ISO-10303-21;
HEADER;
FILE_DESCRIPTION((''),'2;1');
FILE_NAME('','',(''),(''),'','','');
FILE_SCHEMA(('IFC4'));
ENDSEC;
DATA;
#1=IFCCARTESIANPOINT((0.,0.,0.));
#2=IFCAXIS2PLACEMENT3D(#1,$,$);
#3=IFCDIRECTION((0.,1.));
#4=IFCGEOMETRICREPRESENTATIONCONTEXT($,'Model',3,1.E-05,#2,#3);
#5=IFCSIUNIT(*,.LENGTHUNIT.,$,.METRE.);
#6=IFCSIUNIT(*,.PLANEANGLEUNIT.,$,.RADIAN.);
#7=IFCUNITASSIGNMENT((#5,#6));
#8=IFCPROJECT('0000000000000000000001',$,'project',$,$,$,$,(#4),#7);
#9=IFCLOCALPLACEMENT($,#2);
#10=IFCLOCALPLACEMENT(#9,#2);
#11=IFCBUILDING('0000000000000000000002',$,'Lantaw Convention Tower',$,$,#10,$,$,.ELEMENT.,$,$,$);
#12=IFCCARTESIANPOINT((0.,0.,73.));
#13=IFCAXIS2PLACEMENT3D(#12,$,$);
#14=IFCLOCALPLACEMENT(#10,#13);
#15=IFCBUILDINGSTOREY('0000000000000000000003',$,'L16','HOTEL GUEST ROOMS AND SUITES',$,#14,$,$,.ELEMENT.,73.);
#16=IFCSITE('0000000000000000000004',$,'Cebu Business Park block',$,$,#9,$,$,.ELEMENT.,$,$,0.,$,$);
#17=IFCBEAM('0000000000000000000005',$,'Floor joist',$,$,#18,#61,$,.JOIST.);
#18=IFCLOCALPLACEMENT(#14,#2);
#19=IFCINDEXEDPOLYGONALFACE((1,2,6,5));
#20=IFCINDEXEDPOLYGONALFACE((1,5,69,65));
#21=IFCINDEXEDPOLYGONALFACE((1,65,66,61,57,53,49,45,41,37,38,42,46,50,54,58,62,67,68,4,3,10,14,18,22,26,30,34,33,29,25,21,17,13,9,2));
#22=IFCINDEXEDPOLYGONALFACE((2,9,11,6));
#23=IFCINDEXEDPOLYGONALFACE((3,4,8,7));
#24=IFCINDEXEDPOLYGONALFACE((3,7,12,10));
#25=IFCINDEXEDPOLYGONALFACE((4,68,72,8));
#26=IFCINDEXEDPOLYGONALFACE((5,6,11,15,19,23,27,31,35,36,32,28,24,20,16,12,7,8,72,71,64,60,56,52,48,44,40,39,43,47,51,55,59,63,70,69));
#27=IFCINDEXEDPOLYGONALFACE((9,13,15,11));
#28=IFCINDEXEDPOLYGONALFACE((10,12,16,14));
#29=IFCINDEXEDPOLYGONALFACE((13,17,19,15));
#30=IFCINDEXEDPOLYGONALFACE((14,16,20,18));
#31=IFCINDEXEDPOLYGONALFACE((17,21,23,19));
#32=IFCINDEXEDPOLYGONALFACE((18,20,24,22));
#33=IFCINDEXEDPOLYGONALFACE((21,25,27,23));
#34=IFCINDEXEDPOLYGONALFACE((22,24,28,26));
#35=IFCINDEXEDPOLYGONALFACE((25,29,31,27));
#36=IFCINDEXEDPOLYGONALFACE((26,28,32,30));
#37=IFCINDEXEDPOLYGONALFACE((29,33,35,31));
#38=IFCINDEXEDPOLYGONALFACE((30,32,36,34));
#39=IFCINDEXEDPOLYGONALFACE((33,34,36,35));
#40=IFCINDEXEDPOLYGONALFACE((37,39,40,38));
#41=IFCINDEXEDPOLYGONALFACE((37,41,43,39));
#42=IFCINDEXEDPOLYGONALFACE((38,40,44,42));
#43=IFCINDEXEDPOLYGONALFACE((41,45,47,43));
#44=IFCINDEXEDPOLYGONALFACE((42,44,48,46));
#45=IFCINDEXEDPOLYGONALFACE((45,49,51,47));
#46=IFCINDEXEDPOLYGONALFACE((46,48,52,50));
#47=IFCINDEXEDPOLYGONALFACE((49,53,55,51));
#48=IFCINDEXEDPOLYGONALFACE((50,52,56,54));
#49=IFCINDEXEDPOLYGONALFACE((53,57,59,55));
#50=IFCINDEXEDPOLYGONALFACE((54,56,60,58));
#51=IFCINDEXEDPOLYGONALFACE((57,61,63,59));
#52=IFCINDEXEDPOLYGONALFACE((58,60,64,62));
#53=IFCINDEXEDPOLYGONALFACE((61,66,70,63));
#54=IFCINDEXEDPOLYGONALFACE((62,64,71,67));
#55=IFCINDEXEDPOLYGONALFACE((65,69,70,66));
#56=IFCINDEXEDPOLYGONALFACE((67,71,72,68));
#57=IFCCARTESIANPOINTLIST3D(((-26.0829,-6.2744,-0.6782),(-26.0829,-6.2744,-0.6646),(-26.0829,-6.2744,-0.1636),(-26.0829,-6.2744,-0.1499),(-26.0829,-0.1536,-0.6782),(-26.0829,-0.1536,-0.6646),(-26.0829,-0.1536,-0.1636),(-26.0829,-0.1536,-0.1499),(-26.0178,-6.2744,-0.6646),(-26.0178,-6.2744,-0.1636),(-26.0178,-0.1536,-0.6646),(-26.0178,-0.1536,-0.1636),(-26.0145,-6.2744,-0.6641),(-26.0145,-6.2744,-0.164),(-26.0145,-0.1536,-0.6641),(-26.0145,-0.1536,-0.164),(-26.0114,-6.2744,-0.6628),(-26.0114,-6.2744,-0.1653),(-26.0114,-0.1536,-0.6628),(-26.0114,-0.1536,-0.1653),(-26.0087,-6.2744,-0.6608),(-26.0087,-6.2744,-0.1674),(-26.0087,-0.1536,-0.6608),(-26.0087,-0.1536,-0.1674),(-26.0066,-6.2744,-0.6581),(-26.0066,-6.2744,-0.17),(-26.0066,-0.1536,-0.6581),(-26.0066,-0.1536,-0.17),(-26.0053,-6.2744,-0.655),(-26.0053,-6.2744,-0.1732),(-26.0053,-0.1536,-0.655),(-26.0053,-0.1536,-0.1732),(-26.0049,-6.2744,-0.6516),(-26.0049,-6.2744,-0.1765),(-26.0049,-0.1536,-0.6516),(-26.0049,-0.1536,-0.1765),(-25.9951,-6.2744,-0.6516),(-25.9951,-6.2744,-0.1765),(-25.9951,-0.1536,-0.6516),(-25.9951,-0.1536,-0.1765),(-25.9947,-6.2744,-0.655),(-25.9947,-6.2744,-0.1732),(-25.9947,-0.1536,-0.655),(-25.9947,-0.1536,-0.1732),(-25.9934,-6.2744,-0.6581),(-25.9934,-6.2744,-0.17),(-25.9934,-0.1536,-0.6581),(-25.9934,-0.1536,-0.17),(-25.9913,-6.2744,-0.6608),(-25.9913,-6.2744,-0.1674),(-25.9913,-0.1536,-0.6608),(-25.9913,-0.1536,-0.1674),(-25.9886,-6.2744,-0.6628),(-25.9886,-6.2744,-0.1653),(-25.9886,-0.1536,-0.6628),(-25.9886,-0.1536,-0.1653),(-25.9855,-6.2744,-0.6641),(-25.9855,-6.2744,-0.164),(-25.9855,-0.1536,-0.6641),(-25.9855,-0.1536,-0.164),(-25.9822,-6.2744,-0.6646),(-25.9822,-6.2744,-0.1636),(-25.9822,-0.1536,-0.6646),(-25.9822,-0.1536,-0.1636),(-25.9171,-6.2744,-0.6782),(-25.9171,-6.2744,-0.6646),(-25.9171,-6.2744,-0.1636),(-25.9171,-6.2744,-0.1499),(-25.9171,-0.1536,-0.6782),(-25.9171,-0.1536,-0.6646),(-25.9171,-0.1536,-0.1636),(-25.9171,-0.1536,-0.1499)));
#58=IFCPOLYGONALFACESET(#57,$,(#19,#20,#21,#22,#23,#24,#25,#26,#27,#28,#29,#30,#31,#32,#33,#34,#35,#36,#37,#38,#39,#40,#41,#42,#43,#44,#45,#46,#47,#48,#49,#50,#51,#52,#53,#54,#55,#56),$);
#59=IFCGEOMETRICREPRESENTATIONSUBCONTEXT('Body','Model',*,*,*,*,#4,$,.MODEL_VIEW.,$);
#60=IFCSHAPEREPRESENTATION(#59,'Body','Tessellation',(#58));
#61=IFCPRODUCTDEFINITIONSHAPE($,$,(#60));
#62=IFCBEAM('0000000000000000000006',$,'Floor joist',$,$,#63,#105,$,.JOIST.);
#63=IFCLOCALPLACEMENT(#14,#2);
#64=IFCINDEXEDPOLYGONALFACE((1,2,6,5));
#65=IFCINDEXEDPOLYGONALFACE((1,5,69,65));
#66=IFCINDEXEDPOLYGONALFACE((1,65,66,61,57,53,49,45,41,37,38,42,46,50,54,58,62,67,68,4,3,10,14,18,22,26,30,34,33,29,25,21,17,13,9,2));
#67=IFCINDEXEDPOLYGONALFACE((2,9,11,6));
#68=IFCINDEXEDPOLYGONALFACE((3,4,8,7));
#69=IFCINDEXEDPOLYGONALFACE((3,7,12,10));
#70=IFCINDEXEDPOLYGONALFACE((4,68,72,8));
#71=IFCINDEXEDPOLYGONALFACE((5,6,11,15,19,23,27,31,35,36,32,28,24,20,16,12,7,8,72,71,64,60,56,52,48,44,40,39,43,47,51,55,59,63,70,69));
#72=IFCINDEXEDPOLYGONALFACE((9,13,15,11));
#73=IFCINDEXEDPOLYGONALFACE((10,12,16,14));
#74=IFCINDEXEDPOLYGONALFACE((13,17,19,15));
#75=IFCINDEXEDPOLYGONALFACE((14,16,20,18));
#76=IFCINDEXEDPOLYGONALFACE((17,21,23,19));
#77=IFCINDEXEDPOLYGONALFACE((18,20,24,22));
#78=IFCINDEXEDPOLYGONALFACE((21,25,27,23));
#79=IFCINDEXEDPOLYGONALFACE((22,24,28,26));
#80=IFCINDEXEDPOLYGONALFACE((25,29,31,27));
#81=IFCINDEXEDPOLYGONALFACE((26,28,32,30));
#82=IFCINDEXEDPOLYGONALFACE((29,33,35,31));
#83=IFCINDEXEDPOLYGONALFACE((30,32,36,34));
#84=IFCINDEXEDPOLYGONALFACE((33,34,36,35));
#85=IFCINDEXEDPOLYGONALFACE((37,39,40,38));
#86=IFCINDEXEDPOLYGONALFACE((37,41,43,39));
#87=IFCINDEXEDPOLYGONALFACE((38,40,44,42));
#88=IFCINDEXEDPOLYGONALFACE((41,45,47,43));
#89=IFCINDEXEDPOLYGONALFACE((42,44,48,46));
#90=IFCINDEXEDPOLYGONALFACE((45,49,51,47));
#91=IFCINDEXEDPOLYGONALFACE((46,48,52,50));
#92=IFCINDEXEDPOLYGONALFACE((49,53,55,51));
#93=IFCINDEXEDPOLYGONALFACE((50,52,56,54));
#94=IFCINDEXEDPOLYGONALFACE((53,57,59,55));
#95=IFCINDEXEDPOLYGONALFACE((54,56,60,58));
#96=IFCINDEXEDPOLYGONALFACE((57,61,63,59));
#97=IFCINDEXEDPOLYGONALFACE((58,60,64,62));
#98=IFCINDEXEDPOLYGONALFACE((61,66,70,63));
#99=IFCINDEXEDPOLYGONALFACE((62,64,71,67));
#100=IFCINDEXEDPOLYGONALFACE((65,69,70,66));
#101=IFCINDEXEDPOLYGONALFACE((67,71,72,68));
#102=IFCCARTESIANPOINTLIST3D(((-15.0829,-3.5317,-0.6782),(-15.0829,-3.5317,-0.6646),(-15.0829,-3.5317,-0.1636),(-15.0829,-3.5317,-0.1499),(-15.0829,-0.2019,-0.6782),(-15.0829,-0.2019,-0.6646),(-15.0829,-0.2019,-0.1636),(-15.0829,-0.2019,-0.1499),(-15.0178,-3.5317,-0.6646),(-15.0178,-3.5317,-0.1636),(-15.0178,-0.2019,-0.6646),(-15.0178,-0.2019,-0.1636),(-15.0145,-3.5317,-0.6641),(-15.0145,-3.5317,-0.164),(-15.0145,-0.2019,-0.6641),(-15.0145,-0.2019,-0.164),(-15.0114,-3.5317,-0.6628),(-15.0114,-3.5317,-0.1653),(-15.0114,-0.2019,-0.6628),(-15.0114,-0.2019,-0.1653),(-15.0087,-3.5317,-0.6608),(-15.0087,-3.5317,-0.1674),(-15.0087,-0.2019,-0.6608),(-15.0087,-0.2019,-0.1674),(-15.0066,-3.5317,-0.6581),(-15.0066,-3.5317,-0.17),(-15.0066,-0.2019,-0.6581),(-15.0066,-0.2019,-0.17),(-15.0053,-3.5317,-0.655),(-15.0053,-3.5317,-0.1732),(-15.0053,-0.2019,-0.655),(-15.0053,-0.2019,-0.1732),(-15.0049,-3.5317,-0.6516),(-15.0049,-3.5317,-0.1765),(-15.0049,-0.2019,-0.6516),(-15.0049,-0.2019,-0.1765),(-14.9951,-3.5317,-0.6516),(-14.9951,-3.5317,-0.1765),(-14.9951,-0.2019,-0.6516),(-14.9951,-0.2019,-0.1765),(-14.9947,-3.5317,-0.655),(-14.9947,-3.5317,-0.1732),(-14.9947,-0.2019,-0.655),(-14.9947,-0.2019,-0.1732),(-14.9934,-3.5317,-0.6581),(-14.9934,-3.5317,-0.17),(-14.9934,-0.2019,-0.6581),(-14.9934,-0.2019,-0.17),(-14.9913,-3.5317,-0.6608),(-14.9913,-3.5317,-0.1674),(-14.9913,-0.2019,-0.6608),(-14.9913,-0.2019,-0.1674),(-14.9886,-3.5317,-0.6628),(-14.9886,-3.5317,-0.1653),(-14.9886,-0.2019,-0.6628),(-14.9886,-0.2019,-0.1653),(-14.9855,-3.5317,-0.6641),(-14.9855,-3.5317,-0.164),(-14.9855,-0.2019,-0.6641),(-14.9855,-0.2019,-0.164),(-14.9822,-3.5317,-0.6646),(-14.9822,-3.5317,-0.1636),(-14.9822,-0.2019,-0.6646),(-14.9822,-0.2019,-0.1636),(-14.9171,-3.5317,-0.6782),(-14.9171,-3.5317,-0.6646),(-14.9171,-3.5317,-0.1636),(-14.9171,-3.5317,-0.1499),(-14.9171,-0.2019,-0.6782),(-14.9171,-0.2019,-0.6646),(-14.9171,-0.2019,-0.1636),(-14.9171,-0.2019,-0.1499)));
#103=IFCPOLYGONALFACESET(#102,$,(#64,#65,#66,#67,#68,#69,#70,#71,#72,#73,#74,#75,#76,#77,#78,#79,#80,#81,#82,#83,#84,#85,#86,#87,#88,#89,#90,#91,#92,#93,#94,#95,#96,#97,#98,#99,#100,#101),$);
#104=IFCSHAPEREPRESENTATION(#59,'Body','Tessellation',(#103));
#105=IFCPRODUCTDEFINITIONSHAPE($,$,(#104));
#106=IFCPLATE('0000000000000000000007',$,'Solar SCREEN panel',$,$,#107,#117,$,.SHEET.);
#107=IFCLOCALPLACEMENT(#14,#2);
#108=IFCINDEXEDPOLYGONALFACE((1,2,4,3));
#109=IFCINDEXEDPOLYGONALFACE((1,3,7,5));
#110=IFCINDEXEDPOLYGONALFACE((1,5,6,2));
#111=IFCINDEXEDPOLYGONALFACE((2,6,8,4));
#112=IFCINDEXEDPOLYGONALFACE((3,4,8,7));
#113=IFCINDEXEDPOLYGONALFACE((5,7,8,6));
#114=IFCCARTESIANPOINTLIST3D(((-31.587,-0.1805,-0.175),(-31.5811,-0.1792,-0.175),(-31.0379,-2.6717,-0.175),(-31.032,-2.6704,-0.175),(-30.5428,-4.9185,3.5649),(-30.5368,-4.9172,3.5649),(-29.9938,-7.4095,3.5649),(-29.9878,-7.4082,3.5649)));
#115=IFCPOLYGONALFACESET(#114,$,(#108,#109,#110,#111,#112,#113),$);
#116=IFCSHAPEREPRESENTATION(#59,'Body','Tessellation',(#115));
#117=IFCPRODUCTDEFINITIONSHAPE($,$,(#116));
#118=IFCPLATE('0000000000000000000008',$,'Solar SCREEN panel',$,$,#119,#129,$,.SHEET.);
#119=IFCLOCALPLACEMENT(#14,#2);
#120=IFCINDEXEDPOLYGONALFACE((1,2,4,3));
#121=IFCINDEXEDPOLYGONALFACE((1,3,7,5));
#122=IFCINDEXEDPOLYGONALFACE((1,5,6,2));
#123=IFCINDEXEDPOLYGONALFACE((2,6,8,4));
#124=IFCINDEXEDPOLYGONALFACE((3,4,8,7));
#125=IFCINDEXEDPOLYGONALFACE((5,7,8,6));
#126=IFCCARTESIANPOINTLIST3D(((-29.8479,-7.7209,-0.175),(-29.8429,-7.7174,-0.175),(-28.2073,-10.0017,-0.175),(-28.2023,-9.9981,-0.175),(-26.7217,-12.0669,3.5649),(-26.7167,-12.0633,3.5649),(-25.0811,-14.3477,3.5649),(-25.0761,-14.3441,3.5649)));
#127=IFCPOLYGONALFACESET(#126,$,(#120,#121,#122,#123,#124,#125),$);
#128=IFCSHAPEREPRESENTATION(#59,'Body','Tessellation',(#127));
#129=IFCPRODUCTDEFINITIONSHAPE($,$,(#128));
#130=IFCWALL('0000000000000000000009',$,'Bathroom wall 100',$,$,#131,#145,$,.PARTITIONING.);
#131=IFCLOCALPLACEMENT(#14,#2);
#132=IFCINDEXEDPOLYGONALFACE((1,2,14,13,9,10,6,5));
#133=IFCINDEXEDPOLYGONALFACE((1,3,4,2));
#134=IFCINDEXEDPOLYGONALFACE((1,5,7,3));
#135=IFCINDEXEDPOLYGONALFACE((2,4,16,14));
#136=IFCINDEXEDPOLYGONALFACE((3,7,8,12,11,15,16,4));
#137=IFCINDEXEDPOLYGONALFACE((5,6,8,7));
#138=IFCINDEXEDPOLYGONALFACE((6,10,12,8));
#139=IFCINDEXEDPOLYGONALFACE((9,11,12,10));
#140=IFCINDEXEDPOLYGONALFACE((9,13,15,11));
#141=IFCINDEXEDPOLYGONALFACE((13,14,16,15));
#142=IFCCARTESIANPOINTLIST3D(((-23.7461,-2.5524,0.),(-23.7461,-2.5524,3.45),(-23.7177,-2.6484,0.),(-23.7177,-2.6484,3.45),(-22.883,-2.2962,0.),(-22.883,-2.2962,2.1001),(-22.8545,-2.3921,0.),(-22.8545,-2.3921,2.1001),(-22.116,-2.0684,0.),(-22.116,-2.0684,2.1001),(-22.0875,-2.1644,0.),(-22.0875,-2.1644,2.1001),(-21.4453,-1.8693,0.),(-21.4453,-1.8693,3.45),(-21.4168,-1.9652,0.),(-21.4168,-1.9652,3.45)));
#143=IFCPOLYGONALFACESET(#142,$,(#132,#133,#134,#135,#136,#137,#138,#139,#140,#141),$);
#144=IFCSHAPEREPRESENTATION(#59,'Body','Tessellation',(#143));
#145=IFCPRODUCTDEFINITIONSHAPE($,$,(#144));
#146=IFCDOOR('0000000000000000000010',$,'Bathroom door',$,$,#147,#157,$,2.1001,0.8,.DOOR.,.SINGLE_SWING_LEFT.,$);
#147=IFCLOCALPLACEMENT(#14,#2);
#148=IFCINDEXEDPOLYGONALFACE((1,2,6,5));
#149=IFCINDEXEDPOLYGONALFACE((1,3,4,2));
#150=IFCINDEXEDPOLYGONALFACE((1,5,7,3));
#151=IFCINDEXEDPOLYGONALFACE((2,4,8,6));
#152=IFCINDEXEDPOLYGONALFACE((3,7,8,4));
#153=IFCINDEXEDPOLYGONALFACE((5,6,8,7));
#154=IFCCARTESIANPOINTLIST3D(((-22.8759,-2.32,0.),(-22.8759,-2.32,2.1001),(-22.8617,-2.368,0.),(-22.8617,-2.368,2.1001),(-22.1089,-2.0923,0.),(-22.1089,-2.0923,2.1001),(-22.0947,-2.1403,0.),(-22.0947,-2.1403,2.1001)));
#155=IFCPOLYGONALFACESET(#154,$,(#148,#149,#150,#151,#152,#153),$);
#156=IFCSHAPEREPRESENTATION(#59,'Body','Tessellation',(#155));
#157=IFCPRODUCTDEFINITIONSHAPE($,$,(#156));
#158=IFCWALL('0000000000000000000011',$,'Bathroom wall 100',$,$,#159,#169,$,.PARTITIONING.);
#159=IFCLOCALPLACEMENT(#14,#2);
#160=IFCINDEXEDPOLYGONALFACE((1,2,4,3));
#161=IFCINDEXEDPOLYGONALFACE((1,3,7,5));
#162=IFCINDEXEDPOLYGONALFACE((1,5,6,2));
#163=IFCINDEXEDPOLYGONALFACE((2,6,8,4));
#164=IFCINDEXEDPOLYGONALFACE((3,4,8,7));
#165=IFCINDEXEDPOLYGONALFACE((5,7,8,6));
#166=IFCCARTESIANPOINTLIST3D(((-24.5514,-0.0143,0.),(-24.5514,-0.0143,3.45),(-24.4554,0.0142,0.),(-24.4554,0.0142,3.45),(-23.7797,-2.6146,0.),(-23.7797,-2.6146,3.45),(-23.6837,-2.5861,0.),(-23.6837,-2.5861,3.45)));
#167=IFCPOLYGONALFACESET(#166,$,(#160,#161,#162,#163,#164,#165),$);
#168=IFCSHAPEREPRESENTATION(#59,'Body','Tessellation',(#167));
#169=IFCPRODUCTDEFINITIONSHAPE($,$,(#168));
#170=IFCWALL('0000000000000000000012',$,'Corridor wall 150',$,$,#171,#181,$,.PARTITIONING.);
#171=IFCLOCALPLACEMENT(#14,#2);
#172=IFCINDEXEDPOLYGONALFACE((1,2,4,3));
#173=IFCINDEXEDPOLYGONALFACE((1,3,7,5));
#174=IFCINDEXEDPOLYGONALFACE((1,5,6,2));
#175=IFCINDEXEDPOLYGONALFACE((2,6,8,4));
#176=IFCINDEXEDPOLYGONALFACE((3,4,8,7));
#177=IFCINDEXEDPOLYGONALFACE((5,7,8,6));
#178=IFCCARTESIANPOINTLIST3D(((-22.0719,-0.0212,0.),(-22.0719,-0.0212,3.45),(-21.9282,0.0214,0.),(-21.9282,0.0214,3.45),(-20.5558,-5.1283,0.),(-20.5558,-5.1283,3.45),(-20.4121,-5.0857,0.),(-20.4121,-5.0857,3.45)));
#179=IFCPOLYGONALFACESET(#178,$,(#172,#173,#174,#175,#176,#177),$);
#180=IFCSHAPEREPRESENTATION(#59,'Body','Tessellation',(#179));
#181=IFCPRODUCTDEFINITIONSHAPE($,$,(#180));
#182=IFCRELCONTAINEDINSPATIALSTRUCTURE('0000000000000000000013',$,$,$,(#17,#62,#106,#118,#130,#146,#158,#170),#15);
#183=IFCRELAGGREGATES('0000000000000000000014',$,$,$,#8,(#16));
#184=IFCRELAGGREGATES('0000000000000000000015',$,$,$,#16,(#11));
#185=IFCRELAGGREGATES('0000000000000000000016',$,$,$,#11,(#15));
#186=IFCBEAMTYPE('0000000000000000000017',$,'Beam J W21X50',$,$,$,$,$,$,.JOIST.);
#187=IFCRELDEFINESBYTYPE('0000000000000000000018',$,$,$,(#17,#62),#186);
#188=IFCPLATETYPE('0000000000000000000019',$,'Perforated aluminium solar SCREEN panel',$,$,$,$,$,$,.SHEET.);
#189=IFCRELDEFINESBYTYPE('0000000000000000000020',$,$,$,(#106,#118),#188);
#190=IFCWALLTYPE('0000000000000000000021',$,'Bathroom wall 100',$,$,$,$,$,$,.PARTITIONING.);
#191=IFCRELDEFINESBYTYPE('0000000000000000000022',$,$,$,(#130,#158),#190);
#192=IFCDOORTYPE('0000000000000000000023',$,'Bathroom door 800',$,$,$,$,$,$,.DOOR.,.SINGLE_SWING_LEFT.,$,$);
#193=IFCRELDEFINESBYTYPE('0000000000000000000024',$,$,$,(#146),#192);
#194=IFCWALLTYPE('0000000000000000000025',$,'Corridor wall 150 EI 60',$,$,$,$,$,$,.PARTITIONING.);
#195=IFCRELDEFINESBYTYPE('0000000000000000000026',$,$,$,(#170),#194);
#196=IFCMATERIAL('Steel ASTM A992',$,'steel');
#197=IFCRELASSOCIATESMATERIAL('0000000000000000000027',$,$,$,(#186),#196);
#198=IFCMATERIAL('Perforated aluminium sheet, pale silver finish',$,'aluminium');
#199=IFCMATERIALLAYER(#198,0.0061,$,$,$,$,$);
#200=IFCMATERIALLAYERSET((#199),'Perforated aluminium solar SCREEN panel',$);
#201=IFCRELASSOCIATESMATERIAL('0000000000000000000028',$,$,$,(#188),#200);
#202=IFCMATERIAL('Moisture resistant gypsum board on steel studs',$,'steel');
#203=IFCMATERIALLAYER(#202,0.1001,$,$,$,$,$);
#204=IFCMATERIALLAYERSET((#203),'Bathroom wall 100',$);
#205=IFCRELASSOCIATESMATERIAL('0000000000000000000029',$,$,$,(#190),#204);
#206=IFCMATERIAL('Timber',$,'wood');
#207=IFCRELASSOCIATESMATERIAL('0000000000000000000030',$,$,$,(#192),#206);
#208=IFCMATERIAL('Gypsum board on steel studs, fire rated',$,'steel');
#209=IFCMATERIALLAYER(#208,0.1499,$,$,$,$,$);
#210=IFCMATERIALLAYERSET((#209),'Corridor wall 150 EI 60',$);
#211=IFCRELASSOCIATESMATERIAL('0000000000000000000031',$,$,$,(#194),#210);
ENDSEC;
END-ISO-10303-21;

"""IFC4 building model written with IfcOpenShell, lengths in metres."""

from ifc_helpers import new_model, si_unit, direction, frame, frame_2d, origin, origin_2d, place, context, subcontext, project, spatial, polyline, rectangle, i_section, outline, extrude, material, layer, layer_set, material_profile, profile_set, type_object, element, fill, save


model = new_model("IFC4")

# Units and contexts
model_context = context("Model", 3, precision=1e-05, world=origin(), true_north=direction((0.0, 1.0)))
body_context = subcontext(model_context, "Body", "Model", "MODEL_VIEW")
ifc_project = project(units=[si_unit("LENGTHUNIT", "METRE"), si_unit("PLANEANGLEUNIT", "RADIAN")], contexts=[model_context])

# Site, building, storey
site_placement = place(None, origin())
site = spatial("IfcSite", under=ifc_project, at=site_placement, Name="Cebu Business Park block", CompositionType="ELEMENT", RefElevation=0.0)
building_placement = place(site_placement, origin())
building = spatial("IfcBuilding", under=site, at=building_placement, Name="Lantaw Convention Tower", CompositionType="ELEMENT")
storey_placement = place(building_placement, frame((0.0, 0.0, 73.0)))
storey = spatial("IfcBuildingStorey", under=building, at=storey_placement, Name="L16", Description="HOTEL GUEST ROOMS AND SUITES", CompositionType="ELEMENT", Elevation=73.0)

# Beams
ifc_material_1 = material(Name="Steel ASTM A992", Category="steel")
ifc_material_profile_1 = material_profile(ifc_material_1, i_section(OverallWidth=0.1658, OverallDepth=0.5283, WebThickness=0.0098, FlangeThickness=0.0137, FilletRadius=0.0129, at=origin_2d()), Name="W21X50")
ifc_profile_set_1 = profile_set([ifc_material_profile_1], Name="Steel ASTM A992")
beam_type_1 = type_object("IfcBeamType", Name="Beam J W21X50", PredefinedType="JOIST", material=ifc_profile_set_1)
beam_1_placement = place(storey_placement, frame((-26.0, -6.2744, -0.4141), z_axis=(0.0, 1.0, 0.0), x_axis=(-1.0, 0.0, 0.0)))
element("IfcBeam", 1, at=beam_1_placement, inside=storey, type_object=beam_type_1, Name="Floor joist", PredefinedType="JOIST", context=body_context, shape_type="SweptSolid", body=[
    extrude(i_section(OverallWidth=0.1658, OverallDepth=0.5283, WebThickness=0.0098, FlangeThickness=0.0137, FilletRadius=0.0129, at=origin_2d()), origin(), (0.0, 0.0, 1.0), 6.1208),
])
beam_2_placement = place(storey_placement, frame((-15.0, -3.5317, -0.4141), z_axis=(0.0, 1.0, 0.0), x_axis=(-1.0, 0.0, 0.0)))
element("IfcBeam", 2, at=beam_2_placement, inside=storey, type_object=beam_type_1, Name="Floor joist", PredefinedType="JOIST", context=body_context, shape_type="SweptSolid", body=[
    extrude(i_section(OverallWidth=0.1658, OverallDepth=0.5283, WebThickness=0.0098, FlangeThickness=0.0137, FilletRadius=0.0129, at=origin_2d()), origin(), (0.0, 0.0, 1.0), 3.3298),
])

# Plates
ifc_material_2 = material(Name="Perforated aluminium sheet, pale silver finish", Category="aluminium")
ifc_layer_1 = layer(ifc_material_2, 0.0061)
ifc_layer_set_1 = layer_set([ifc_layer_1], Name="Perforated aluminium solar SCREEN panel")
plate_type = type_object("IfcPlateType", Name="Perforated aluminium solar SCREEN panel", PredefinedType="SHEET", material=ifc_layer_set_1)
plate_1_placement = place(storey_placement, frame((-31.5811, -0.1792, -0.175), z_axis=(0.976559, 0.215248, 0.00003), x_axis=(0.215248, -0.976559, 0.0)))
element("IfcPlate", 3, at=plate_1_placement, inside=storey, type_object=plate_type, Name="Solar SCREEN panel", PredefinedType="SHEET", context=body_context, shape_type="SweptSolid", body=[
    extrude(outline(polyline([(0.0, 0.0), (2.551, 0.0), (7.4025, -3.74), (4.8517, -3.74), (0.0, 0.0)])), origin(), (0.0, 0.0, -1.0), 0.0061),
])
plate_2_placement = place(storey_placement, frame((-29.8479, -7.7209, -0.175), z_axis=(-0.811791, -0.583948, 0.000009), x_axis=(0.583948, -0.811791, 0.0)))
element("IfcPlate", 4, at=plate_2_placement, inside=storey, type_object=plate_type, Name="Solar SCREEN panel", PredefinedType="SHEET", context=body_context, shape_type="SweptSolid", body=[
    extrude(outline(polyline([(0.0, 0.0), (2.8095, 0.0), (8.1631, 3.74), (5.3536, 3.74), (0.0, 0.0)])), origin(), (0.0, 0.0, -1.0), 0.0061),
])

# Wall, opening, door
ifc_material_3 = material(Name="Moisture resistant gypsum board on steel studs", Category="steel")
ifc_layer_2 = layer(ifc_material_3, 0.1001)
ifc_layer_set_2 = layer_set([ifc_layer_2], Name="Bathroom wall 100")
wall_type_1 = type_object("IfcWallType", Name="Bathroom wall 100", PredefinedType="PARTITIONING", material=ifc_layer_set_2)
wall_1_placement = place(storey_placement, frame((-21.4309, -1.9172, 0.0), z_axis=(0.0, 0.0, 1.0), x_axis=(-0.95864, -0.284622, 0.0)))
wall_1 = element("IfcWall", 5, at=wall_1_placement, inside=storey, type_object=wall_type_1, Name="Bathroom wall 100", PredefinedType="PARTITIONING", context=body_context, shape_type="SweptSolid", body=[
    extrude(rectangle(XDim=2.4001, YDim=0.1001, at=frame_2d((1.2002, 0.0))), origin(), (0.0, 0.0, 1.0), 3.45),
])
opening_1_placement = place(wall_1_placement, frame((0.7, 0.0, 0.0)))
opening_1 = element("IfcOpeningElement", 6, at=opening_1_placement, cuts=wall_1, PredefinedType="OPENING", context=body_context, shape_type="SweptSolid", body=[
    extrude(rectangle(XDim=0.8, YDim=2.1001, at=frame_2d((0.3999, 1.05))), frame((0.0, 0.0601, 0.0), z_axis=(0.0, -1.0, 0.0), x_axis=(1.0, 0.0, 0.0)), (0.0, 0.0, 1.0), 0.1201),
])
ifc_material_4 = material(Name="Timber", Category="wood")
door_type_1 = type_object("IfcDoorType", Name="Bathroom door 800", OperationType="SINGLE_SWING_LEFT", PredefinedType="DOOR", material=ifc_material_4)
door_1_placement = place(opening_1_placement, origin())
door_1 = element("IfcDoor", 7, at=door_1_placement, inside=storey, type_object=door_type_1, Name="Bathroom door", OperationType="SINGLE_SWING_LEFT", OverallHeight=2.1001, OverallWidth=0.8, PredefinedType="DOOR", context=body_context, shape_type="SweptSolid", body=[
    extrude(rectangle(XDim=0.8, YDim=2.1001, at=frame_2d((0.3999, 1.05))), frame((0.0, 0.0249, 0.0), z_axis=(0.0, -1.0, 0.0), x_axis=(1.0, 0.0, 0.0)), (0.0, 0.0, 1.0), 0.05),
])
fill(opening_1, door_1)

# Walls
wall_2_placement = place(storey_placement, frame((-23.7317, -2.6003, 0.0), z_axis=(0.0, 0.0, 1.0), x_axis=(-0.284514, 0.958672, 0.0)))
element("IfcWall", 8, at=wall_2_placement, inside=storey, type_object=wall_type_1, Name="Bathroom wall 100", PredefinedType="PARTITIONING", context=body_context, shape_type="SweptSolid", body=[
    extrude(rectangle(XDim=2.7124, YDim=0.1001, at=frame_2d((1.3562, 0.0))), origin(), (0.0, 0.0, 1.0), 3.45),
])
ifc_material_5 = material(Name="Gypsum board on steel studs, fire rated", Category="steel")
ifc_layer_3 = layer(ifc_material_5, 0.1499)
ifc_layer_set_3 = layer_set([ifc_layer_3], Name="Corridor wall 150 EI 60")
wall_type_2 = type_object("IfcWallType", Name="Corridor wall 150 EI 60", PredefinedType="PARTITIONING", material=ifc_layer_set_3)
wall_3_placement = place(storey_placement, frame((-22.0, 0.0, 0.0), z_axis=(0.0, 0.0, 1.0), x_axis=(0.284584, -0.958651, 0.0)))
element("IfcWall", 9, at=wall_3_placement, inside=storey, type_object=wall_type_2, Name="Corridor wall 150", PredefinedType="PARTITIONING", context=body_context, shape_type="SweptSolid", body=[
    extrude(rectangle(XDim=5.3274, YDim=0.1499, at=frame_2d((2.6636, 0.0))), origin(), (0.0, 0.0, 1.0), 3.45),
])

save(model, "model.ifc")
